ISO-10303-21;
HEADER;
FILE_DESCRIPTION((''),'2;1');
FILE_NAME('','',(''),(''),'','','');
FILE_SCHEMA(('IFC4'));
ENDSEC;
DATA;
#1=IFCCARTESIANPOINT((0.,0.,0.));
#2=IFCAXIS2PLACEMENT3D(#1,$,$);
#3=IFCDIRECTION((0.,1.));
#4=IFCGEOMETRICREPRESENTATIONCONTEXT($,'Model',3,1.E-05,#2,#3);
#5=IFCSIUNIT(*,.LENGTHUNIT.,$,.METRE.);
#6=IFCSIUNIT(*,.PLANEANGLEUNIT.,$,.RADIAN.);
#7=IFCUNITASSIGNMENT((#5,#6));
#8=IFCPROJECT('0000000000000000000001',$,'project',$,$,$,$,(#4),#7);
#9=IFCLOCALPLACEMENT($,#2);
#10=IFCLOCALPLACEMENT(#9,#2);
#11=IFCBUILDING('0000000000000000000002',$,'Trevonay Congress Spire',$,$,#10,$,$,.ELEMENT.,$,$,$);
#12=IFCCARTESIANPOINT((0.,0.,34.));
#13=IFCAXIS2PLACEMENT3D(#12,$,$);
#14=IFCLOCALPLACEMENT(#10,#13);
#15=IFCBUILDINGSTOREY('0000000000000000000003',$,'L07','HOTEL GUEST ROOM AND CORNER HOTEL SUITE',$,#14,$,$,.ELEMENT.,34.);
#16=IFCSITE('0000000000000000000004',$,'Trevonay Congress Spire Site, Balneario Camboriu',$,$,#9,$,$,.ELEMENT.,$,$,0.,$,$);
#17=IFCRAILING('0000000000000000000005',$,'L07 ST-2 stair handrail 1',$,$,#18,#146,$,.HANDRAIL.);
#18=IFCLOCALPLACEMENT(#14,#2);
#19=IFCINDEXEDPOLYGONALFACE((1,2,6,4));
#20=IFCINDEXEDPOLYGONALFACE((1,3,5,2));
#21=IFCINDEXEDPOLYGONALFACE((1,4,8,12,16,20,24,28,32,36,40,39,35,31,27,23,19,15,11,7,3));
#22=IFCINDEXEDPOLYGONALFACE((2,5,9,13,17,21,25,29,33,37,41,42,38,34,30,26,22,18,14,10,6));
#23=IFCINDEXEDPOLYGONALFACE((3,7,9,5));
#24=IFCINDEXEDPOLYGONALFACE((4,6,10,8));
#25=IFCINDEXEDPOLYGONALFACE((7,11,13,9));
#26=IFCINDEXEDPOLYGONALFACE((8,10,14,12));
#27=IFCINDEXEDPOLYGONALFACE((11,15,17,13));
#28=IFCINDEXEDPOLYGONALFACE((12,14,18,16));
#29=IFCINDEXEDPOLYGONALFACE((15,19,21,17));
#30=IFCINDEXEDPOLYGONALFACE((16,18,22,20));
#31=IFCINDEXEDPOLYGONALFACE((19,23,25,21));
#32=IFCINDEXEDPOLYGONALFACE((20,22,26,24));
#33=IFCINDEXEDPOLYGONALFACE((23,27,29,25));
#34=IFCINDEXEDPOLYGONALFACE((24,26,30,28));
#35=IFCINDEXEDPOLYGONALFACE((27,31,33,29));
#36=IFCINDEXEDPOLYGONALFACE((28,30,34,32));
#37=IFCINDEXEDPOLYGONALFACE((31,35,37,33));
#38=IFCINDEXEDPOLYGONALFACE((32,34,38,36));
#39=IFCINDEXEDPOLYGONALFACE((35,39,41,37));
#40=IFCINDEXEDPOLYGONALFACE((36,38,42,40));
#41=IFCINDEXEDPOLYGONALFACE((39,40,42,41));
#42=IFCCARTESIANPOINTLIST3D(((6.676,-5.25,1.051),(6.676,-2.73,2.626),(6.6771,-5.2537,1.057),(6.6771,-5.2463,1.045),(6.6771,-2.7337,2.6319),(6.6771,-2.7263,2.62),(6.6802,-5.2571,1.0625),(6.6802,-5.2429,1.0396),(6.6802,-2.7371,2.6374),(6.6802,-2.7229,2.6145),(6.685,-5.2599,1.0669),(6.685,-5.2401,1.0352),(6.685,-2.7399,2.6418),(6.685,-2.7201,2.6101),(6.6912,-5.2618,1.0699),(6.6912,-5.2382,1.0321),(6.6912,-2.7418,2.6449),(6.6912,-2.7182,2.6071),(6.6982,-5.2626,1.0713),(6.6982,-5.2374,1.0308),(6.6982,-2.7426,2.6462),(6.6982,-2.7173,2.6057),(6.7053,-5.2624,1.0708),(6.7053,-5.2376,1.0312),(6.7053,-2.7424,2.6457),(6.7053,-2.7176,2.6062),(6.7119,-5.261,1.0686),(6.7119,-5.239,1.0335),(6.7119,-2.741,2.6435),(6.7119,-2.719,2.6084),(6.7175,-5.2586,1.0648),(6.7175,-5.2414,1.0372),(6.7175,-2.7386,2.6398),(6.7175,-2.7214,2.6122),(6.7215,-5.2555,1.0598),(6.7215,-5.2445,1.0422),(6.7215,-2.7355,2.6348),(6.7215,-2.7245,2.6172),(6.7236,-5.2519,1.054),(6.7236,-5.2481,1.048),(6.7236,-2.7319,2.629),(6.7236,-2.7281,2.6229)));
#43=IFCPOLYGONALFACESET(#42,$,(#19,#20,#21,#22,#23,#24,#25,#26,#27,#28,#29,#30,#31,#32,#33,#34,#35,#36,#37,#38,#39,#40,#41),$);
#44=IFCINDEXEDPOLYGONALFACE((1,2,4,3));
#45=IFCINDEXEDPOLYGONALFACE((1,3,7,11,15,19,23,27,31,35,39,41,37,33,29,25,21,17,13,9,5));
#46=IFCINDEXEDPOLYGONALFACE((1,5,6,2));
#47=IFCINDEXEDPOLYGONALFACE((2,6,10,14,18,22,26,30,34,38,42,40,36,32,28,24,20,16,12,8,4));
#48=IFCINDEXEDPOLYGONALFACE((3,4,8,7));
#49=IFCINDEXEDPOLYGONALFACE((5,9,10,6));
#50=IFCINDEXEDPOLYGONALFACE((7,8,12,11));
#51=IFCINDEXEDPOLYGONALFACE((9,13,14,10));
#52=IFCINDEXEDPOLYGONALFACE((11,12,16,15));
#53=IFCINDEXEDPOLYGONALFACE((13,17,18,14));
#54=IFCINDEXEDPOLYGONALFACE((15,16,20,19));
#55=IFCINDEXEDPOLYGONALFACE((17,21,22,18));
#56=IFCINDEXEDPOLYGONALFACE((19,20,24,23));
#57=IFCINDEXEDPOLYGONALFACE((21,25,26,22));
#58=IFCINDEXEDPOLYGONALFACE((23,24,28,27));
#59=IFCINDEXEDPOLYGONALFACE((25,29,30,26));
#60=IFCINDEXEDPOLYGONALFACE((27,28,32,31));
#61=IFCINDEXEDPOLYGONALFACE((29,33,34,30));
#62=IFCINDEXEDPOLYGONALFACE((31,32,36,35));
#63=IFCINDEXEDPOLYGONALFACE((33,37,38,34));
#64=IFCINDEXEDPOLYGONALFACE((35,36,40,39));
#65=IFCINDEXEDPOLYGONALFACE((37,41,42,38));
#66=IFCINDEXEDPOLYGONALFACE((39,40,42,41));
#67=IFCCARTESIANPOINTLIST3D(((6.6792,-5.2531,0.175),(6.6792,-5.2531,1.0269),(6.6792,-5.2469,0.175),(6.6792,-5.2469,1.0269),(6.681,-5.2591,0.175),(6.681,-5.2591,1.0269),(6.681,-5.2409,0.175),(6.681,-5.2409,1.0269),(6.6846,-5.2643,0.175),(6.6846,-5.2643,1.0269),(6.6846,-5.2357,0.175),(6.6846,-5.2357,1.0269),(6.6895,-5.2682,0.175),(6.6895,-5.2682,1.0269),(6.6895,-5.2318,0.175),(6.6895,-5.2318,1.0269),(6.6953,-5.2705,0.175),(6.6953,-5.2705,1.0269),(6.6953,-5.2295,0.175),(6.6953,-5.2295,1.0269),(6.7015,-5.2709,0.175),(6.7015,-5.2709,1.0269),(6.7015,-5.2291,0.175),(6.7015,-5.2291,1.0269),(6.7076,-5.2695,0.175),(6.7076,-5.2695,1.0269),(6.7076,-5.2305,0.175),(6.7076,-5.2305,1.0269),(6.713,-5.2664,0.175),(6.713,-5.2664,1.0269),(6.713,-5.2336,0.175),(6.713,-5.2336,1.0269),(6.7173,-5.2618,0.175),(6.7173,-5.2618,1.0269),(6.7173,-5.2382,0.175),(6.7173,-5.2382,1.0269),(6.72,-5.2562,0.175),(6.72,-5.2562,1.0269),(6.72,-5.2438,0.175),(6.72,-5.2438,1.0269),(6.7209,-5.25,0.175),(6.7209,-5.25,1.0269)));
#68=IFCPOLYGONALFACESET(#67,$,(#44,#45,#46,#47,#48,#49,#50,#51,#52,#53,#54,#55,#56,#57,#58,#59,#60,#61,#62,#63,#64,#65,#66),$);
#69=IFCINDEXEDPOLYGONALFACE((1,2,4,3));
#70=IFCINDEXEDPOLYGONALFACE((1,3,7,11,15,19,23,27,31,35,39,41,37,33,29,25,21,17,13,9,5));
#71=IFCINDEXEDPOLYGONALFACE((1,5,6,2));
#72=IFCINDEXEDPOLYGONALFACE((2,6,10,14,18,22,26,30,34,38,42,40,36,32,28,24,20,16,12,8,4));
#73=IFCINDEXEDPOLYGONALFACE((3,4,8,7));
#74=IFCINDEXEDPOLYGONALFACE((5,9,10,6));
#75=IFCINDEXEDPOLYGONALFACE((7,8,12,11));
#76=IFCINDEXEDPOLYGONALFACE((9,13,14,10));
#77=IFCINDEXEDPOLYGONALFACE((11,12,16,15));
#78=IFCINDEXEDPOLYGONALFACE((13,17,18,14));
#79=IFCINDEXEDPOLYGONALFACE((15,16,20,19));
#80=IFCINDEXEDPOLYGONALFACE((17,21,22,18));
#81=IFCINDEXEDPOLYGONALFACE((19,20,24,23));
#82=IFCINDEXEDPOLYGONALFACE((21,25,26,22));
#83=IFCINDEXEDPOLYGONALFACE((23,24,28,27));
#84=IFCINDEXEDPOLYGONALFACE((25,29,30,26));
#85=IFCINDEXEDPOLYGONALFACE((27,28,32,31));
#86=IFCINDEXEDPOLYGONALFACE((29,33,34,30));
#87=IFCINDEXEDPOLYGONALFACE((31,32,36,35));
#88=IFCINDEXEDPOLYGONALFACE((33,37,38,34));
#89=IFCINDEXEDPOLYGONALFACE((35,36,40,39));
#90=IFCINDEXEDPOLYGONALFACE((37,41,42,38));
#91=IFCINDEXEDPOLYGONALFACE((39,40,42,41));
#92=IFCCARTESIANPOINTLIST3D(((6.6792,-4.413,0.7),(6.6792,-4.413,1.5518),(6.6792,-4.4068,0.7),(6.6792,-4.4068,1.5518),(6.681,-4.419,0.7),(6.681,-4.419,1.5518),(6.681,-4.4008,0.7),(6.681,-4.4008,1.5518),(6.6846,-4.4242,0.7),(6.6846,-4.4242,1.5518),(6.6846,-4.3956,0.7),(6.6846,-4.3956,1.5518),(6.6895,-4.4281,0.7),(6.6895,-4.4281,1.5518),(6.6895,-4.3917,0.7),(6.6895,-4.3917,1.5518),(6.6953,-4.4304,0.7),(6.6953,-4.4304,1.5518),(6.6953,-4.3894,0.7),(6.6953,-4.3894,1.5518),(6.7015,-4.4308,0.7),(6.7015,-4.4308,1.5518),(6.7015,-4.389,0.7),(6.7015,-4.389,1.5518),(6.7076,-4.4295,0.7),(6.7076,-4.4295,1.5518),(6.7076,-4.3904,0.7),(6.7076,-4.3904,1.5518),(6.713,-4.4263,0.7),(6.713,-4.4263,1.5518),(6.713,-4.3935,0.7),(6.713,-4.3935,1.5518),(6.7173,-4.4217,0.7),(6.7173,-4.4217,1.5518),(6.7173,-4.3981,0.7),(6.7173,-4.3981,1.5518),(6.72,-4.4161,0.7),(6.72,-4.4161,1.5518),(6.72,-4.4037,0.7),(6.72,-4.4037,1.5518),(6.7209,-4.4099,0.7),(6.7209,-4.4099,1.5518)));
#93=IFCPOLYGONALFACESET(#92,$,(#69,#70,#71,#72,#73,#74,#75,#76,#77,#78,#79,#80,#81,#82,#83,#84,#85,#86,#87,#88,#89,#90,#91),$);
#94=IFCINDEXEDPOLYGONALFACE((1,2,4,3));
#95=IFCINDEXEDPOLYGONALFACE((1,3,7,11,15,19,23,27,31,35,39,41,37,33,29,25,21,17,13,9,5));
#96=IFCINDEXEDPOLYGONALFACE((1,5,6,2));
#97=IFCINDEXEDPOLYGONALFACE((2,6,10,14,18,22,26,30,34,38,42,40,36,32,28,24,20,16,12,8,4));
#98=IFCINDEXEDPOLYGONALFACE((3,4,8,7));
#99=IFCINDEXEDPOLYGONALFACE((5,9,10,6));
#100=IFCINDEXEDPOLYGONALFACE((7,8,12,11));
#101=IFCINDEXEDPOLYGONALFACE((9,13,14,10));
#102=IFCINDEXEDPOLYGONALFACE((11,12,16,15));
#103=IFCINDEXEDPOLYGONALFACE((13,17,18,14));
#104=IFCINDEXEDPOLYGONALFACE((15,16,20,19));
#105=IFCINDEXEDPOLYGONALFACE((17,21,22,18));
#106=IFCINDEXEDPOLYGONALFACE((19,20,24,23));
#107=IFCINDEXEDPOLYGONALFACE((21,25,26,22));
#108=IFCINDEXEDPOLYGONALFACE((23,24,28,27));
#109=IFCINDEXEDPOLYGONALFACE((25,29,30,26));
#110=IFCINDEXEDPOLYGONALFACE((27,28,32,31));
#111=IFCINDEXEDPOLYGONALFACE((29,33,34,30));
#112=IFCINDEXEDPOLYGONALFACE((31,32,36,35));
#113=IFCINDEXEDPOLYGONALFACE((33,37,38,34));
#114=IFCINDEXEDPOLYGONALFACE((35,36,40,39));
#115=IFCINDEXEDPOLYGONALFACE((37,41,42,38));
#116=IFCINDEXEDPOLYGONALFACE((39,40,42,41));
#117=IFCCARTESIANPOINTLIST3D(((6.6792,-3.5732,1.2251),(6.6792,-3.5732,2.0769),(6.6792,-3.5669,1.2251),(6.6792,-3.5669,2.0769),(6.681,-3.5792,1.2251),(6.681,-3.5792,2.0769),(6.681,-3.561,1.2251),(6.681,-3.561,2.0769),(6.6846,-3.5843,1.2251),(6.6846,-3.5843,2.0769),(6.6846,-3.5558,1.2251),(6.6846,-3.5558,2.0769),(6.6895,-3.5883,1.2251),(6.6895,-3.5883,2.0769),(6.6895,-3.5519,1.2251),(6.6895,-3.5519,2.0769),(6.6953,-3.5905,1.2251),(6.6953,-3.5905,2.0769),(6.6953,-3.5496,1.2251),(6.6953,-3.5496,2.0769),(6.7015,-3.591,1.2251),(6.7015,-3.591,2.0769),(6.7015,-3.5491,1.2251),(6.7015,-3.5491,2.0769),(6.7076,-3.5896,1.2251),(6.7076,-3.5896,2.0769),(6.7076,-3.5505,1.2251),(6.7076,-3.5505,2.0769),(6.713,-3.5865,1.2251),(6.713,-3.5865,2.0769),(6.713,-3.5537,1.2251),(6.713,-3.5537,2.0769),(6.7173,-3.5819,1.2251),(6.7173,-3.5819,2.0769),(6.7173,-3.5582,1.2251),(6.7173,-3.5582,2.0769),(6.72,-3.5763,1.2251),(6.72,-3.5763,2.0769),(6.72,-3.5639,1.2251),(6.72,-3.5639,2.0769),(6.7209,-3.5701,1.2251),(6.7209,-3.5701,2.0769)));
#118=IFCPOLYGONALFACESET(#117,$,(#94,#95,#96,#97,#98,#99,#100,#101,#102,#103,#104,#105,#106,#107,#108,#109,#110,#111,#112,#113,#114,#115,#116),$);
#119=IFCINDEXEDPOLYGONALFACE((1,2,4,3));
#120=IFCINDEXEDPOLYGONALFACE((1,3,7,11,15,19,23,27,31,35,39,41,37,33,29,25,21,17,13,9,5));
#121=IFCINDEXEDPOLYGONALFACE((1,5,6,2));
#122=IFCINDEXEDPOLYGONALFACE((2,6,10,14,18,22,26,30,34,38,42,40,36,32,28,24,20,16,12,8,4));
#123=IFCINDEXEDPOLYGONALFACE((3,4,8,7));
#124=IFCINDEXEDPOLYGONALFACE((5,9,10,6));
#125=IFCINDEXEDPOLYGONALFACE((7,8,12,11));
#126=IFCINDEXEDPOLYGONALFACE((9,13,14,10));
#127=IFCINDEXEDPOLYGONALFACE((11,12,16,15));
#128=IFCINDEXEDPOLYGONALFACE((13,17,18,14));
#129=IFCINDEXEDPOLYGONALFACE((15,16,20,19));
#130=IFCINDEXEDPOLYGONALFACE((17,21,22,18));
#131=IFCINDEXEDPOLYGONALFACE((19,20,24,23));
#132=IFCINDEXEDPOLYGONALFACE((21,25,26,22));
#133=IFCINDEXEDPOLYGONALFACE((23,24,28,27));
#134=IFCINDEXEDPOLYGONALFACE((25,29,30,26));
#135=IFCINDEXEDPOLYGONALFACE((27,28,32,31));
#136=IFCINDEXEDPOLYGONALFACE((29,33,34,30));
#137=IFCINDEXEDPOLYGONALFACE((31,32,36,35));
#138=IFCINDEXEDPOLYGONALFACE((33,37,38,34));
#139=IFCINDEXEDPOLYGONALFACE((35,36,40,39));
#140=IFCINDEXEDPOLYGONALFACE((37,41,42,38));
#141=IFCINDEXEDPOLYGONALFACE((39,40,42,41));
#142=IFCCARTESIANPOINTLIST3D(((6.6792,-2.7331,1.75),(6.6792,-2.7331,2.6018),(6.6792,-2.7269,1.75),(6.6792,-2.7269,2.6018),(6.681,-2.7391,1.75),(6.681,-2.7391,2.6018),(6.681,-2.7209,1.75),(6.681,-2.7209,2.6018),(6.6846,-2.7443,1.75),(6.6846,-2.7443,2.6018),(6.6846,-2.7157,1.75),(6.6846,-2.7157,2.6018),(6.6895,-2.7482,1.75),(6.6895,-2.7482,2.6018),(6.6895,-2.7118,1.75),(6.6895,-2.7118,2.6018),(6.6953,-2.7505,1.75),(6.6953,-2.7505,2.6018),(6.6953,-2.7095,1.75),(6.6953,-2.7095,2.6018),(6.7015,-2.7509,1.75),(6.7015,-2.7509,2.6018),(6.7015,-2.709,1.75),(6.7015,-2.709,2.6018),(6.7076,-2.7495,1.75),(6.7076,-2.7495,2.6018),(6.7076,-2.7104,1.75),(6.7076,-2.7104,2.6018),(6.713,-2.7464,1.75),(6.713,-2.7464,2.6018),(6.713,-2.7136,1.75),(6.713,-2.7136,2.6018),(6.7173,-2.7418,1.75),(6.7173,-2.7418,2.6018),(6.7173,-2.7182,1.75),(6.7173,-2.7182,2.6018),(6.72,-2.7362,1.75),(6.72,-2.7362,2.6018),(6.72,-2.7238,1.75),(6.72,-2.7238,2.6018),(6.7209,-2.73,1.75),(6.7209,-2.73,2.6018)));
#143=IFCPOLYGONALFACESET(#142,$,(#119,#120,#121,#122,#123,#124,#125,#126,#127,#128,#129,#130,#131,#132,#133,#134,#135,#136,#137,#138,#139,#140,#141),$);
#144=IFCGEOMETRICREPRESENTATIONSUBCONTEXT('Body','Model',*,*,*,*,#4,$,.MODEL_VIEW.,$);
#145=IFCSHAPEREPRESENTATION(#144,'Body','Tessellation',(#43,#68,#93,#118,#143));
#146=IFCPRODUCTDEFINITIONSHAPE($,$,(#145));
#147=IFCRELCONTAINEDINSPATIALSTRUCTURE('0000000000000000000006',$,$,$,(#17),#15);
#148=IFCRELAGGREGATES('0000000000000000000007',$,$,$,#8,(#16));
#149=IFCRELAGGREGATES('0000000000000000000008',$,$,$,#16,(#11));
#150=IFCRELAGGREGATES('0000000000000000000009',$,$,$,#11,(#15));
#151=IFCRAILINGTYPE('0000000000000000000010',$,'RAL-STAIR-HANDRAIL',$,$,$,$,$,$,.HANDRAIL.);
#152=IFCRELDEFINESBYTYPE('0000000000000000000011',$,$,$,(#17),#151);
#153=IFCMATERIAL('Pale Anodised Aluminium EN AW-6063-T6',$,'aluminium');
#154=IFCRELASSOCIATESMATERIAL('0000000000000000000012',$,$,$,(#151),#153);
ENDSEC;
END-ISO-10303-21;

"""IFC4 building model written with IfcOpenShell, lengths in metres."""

from ifc_helpers import new_model, si_unit, direction, frame, origin, origin_2d, place, context, subcontext, project, spatial, circle, extrude, material, type_object, element, save


model = new_model("IFC4")

# Units and contexts
model_context = context("Model", 3, precision=1e-05, world=origin(), true_north=direction((0.0, 1.0)))
body_context = subcontext(model_context, "Body", "Model", "MODEL_VIEW")
ifc_project = project(units=[si_unit("LENGTHUNIT", "METRE"), si_unit("PLANEANGLEUNIT", "RADIAN")], contexts=[model_context])

# Site, building, storey
site_placement = place(None, origin())
site = spatial("IfcSite", under=ifc_project, at=site_placement, Name="Trevonay Congress Spire Site, Balneario Camboriu", CompositionType="ELEMENT", RefElevation=0.0)
building_placement = place(site_placement, origin())
building = spatial("IfcBuilding", under=site, at=building_placement, Name="Trevonay Congress Spire", CompositionType="ELEMENT")
storey_placement = place(building_placement, frame((0.0, 0.0, 34.0)))
storey = spatial("IfcBuildingStorey", under=building, at=storey_placement, Name="L07", Description="HOTEL GUEST ROOM AND CORNER HOTEL SUITE", CompositionType="ELEMENT", Elevation=34.0)

# Shared definitions
ifc_material_1 = material(Name="Pale Anodised Aluminium EN AW-6063-T6", Category="aluminium")

# Railing
railing_type = type_object("IfcRailingType", Name="RAL-STAIR-HANDRAIL", PredefinedType="HANDRAIL", material=ifc_material_1)
railing_placement = place(storey_placement, frame((6.7, -5.25, 0.175)))
element("IfcRailing", 1, at=railing_placement, inside=storey, type_object=railing_type, Name="L07 ST-2 stair handrail 1", PredefinedType="HANDRAIL", context=body_context, shape_type="SweptSolid", body=[
    extrude(circle(Radius=0.0239, at=origin_2d()), frame((0.0, 0.0, 0.876), z_axis=(0.0, 0.848008, 0.529984), x_axis=(-1.0, 0.0, 0.0)), (0.0, 0.0, 1.0), 2.9717),
    extrude(circle(Radius=0.021, at=origin_2d()), origin(), (0.0, 0.0, 1.0), 0.8518),
    extrude(circle(Radius=0.021, at=origin_2d()), frame((0.0, 0.8401, 0.5249)), (0.0, 0.0, 1.0), 0.8518),
    extrude(circle(Radius=0.021, at=origin_2d()), frame((0.0, 1.6799, 1.05)), (0.0, 0.0, 1.0), 0.8518),
    extrude(circle(Radius=0.021, at=origin_2d()), frame((0.0, 2.52, 1.575)), (0.0, 0.0, 1.0), 0.8518),
])

save(model, "model.ifc")
